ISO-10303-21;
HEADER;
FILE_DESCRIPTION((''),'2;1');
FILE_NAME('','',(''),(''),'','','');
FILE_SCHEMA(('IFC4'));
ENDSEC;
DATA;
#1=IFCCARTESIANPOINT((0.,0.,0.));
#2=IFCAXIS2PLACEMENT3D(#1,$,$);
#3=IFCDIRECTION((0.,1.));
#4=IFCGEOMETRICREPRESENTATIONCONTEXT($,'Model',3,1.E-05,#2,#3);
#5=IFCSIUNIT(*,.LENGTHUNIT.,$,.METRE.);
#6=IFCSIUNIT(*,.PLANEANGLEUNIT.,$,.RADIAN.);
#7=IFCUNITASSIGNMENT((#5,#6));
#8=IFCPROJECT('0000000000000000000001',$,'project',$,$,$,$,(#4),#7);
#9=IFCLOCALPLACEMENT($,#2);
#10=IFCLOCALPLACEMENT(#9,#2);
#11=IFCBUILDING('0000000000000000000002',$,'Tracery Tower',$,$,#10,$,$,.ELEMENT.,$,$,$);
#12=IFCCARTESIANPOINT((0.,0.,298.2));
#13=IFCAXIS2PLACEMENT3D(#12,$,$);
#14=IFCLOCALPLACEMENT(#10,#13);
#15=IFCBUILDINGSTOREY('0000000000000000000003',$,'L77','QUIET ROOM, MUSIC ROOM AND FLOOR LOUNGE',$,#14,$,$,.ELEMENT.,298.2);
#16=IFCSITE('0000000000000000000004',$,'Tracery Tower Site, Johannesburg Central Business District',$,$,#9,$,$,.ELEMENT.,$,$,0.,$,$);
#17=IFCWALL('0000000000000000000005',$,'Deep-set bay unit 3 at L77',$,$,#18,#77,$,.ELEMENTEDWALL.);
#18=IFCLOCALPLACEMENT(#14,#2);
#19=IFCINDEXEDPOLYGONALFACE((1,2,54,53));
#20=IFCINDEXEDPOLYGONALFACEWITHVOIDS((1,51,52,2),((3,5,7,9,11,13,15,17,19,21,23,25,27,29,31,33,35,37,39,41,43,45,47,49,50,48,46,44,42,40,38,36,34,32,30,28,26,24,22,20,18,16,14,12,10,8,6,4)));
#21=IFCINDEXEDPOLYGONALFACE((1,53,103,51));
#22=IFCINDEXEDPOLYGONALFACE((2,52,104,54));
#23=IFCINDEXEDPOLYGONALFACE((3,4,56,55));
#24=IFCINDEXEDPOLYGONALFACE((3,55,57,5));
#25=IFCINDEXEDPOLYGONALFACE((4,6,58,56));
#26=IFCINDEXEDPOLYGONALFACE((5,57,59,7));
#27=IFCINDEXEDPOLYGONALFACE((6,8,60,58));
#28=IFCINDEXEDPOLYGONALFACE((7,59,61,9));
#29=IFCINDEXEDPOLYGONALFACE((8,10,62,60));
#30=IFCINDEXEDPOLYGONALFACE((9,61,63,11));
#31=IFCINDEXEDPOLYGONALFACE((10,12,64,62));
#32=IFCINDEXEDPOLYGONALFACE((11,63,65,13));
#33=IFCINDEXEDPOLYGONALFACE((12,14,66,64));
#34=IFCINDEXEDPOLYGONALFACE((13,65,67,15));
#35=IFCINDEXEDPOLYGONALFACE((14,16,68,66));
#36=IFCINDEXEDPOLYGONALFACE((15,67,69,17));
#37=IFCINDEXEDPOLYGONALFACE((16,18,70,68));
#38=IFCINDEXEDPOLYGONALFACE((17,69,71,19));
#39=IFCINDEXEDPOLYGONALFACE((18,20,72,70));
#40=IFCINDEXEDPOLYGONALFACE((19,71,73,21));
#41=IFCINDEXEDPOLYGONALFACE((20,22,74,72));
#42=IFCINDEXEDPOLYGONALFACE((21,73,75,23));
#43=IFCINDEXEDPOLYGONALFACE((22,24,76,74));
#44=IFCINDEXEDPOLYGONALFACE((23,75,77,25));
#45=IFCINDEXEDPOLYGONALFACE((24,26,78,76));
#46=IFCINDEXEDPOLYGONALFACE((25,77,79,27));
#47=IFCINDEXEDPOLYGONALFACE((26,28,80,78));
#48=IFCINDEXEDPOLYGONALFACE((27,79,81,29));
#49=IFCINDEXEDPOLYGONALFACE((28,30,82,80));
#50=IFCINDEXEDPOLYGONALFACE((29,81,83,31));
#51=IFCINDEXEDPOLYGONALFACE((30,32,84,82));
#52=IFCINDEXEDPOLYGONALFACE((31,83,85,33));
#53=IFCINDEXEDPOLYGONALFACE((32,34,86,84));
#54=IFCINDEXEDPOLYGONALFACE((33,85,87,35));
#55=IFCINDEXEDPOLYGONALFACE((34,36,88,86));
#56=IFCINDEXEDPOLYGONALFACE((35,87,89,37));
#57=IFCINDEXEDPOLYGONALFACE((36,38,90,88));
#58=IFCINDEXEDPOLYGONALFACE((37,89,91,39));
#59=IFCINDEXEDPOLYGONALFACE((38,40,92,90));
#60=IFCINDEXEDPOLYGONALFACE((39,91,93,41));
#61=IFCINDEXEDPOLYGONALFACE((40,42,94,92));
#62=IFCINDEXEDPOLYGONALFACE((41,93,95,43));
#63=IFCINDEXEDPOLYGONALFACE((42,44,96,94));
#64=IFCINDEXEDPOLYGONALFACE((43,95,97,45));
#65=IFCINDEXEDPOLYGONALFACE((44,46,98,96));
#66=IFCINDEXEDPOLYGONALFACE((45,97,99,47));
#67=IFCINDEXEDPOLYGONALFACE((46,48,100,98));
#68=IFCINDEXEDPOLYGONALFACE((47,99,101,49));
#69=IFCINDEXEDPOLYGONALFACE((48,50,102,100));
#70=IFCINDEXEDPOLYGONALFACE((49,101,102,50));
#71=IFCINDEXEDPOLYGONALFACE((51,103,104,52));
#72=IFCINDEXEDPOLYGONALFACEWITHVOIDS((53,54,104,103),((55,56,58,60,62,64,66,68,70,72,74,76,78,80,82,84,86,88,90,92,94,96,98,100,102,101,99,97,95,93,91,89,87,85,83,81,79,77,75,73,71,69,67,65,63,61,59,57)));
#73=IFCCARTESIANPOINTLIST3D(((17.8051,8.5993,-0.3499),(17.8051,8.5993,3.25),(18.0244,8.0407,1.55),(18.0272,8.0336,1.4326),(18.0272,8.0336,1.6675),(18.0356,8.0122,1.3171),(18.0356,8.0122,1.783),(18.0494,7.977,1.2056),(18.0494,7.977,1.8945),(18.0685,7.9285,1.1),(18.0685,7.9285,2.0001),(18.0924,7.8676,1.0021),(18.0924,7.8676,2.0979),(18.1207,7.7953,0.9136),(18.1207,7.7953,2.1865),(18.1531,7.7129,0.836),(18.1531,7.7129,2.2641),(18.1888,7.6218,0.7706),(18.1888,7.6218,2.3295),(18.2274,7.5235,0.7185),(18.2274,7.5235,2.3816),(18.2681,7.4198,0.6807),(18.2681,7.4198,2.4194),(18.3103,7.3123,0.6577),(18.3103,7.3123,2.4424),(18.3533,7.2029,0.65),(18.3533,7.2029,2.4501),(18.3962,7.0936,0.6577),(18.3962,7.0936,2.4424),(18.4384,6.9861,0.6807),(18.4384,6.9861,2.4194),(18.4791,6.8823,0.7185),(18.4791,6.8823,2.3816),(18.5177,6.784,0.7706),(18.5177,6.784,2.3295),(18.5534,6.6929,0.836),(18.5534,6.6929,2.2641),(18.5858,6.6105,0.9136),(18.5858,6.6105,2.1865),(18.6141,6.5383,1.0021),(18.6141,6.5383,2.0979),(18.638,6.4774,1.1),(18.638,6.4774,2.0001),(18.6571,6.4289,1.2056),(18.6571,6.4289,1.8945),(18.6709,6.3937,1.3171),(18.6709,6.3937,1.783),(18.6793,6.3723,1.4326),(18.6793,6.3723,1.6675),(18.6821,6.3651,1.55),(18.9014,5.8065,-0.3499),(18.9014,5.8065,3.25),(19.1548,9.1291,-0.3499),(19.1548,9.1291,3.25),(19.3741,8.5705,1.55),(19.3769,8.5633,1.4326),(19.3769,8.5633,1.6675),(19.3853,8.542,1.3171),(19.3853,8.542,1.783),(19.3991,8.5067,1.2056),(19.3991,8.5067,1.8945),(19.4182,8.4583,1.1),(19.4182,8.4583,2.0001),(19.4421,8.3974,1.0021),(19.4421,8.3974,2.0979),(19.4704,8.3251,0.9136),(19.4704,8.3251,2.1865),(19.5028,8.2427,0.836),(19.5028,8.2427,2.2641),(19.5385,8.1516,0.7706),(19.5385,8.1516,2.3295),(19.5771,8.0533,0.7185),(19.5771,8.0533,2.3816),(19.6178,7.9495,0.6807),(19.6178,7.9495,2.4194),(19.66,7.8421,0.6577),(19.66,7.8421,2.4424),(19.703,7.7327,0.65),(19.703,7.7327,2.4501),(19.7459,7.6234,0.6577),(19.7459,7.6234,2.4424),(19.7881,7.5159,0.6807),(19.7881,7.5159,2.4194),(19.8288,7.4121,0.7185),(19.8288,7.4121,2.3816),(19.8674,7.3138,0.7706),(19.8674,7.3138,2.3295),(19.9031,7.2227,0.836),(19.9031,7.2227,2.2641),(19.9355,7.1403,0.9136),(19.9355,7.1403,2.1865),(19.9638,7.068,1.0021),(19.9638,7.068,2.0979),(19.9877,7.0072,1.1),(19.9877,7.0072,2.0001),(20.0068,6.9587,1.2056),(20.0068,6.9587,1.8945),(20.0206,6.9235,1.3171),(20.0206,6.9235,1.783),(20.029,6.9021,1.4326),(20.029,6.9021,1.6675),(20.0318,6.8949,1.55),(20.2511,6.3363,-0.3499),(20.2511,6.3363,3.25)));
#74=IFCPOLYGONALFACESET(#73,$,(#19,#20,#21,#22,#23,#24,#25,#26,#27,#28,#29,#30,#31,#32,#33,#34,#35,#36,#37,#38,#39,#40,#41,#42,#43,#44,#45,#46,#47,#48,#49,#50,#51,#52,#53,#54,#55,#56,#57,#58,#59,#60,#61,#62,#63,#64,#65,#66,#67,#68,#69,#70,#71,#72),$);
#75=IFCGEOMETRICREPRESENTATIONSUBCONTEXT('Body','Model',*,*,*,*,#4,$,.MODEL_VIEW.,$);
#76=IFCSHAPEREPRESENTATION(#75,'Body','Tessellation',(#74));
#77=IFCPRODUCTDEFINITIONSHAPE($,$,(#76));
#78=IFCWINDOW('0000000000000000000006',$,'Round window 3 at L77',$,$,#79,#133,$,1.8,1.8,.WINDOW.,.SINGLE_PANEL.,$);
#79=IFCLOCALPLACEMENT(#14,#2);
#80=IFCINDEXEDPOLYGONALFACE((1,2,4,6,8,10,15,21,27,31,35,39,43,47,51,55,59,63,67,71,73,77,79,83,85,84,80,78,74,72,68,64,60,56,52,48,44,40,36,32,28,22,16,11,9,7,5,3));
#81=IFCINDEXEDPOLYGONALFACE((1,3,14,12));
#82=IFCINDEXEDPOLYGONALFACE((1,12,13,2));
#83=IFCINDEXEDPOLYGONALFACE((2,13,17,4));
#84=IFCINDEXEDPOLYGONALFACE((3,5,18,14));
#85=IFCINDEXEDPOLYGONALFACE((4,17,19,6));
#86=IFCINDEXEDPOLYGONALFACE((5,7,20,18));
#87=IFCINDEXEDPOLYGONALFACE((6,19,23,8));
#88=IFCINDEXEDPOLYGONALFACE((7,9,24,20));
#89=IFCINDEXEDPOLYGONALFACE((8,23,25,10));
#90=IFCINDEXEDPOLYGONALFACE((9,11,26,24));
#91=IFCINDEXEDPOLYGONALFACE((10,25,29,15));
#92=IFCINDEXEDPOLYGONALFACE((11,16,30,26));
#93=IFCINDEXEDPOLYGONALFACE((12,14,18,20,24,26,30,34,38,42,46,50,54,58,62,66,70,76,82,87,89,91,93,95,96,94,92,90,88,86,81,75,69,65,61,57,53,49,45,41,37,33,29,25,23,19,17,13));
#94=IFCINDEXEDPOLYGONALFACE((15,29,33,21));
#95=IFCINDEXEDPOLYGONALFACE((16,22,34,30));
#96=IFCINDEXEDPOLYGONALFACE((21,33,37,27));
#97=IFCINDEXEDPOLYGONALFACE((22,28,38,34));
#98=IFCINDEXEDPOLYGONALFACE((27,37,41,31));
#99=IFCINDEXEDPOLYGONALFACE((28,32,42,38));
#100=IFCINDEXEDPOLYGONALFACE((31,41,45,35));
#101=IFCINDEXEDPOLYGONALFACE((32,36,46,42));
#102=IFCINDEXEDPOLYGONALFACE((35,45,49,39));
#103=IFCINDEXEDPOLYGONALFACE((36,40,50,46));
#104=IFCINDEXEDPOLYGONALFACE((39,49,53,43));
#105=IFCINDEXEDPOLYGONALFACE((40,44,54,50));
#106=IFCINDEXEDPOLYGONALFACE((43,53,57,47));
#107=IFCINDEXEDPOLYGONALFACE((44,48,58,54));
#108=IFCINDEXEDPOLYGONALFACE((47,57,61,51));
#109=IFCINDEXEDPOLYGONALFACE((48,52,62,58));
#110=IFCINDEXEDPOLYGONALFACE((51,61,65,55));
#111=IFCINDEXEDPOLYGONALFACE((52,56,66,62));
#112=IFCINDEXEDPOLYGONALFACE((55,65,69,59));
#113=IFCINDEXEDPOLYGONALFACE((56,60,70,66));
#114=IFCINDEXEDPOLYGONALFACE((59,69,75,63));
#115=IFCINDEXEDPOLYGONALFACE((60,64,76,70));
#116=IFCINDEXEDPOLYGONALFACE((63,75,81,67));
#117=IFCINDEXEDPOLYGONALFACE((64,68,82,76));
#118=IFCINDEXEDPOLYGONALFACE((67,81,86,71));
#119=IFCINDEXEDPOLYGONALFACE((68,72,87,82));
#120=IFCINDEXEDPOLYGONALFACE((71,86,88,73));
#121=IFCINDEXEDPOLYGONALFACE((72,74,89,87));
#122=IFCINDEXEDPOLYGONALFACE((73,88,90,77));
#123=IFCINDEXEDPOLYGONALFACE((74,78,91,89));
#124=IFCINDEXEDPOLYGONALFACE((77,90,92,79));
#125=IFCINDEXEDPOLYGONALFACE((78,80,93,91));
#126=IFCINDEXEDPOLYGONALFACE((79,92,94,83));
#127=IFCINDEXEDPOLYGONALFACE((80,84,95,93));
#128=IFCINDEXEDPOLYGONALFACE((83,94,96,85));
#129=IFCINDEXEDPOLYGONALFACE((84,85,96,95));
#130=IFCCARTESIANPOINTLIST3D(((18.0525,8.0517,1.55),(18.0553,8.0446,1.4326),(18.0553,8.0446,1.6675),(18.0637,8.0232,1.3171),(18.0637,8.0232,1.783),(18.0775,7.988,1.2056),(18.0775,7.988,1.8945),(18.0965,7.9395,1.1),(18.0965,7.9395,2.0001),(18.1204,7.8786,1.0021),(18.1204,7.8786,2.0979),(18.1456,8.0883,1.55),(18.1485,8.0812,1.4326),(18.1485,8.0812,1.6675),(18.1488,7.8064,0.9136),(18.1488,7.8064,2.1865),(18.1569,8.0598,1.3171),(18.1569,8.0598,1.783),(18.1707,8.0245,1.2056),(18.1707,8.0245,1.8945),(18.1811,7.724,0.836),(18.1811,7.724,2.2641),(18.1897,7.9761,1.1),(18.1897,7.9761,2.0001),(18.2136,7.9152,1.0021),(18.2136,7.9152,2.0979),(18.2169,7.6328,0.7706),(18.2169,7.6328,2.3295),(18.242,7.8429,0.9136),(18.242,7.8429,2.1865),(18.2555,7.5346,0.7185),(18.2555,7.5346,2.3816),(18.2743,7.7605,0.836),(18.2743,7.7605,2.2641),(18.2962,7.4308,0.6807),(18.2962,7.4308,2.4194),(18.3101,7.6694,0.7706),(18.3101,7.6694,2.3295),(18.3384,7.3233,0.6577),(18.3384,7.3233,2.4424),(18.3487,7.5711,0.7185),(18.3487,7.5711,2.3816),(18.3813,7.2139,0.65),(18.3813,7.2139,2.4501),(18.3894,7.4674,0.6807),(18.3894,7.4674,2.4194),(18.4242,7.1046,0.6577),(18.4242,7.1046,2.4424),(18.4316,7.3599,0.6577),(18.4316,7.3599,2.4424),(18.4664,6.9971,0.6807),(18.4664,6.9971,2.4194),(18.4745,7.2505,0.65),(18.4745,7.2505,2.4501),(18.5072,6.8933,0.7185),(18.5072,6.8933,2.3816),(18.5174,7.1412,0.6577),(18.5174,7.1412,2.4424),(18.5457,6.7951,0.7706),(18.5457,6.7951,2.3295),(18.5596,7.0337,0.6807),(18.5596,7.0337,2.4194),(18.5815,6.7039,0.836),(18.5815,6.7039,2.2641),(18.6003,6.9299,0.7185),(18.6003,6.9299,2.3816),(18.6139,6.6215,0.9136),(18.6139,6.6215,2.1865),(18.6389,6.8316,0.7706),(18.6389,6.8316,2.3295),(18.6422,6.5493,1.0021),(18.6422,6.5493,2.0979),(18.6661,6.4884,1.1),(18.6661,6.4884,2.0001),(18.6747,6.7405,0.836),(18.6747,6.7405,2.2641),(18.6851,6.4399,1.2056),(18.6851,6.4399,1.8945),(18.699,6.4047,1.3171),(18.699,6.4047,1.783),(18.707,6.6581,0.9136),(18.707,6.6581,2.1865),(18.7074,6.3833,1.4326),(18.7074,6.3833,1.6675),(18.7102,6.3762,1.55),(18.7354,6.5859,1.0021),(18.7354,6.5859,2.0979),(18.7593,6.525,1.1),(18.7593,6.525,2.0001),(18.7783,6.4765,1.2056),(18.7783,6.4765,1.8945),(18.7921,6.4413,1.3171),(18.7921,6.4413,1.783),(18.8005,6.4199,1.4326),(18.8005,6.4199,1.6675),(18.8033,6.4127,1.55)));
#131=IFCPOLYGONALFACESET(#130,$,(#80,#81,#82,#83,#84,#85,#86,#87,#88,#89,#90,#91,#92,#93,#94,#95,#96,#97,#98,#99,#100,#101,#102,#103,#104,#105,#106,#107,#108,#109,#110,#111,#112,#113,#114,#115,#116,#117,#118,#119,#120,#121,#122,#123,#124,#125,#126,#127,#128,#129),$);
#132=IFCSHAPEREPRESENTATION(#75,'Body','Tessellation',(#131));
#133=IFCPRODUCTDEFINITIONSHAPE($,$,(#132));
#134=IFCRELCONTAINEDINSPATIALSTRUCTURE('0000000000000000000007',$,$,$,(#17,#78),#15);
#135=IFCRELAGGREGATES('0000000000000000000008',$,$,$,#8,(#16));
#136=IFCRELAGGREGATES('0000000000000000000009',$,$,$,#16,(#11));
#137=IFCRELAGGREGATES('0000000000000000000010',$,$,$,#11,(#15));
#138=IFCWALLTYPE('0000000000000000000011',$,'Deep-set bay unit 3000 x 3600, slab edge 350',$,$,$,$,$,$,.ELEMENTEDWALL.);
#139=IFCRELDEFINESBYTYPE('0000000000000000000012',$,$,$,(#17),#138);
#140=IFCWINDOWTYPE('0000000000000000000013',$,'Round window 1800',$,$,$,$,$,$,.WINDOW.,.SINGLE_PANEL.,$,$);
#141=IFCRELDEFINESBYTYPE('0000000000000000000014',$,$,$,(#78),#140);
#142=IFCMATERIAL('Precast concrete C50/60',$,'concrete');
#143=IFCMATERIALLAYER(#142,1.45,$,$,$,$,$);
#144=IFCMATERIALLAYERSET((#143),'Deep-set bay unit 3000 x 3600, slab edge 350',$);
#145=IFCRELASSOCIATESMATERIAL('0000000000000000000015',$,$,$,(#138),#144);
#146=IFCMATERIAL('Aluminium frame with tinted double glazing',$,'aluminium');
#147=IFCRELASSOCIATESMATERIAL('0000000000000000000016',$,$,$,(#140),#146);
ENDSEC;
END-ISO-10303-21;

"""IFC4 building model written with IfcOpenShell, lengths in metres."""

from ifc_helpers import new_model, si_unit, direction, frame, frame_2d, origin, origin_2d, place, context, subcontext, project, spatial, rectangle, circle, extrude, material, layer, layer_set, type_object, element, fill, save


model = new_model("IFC4")

# Units and contexts
model_context = context("Model", 3, precision=1e-05, world=origin(), true_north=direction((0.0, 1.0)))
body_context = subcontext(model_context, "Body", "Model", "MODEL_VIEW")
ifc_project = project(units=[si_unit("LENGTHUNIT", "METRE"), si_unit("PLANEANGLEUNIT", "RADIAN")], contexts=[model_context])

# Site, building, storey
site_placement = place(None, origin())
site = spatial("IfcSite", under=ifc_project, at=site_placement, Name="Tracery Tower Site, Johannesburg Central Business District", CompositionType="ELEMENT", RefElevation=0.0)
building_placement = place(site_placement, origin())
building = spatial("IfcBuilding", under=site, at=building_placement, Name="Tracery Tower", CompositionType="ELEMENT")
storey_placement = place(building_placement, frame((0.0, 0.0, 298.2)))
storey = spatial("IfcBuildingStorey", under=building, at=storey_placement, Name="L77", Description="QUIET ROOM, MUSIC ROOM AND FLOOR LOUNGE", CompositionType="ELEMENT", Elevation=298.2)

# Wall, opening, window
ifc_material_1 = material(Name="Precast concrete C50/60", Category="concrete")
ifc_layer_1 = layer(ifc_material_1, 1.45)
ifc_layer_set_1 = layer_set([ifc_layer_1], Name="Deep-set bay unit 3000 x 3600, slab edge 350")
wall_type_1 = type_object("IfcWallType", Name="Deep-set bay unit 3000 x 3600, slab edge 350", PredefinedType="ELEMENTEDWALL", material=ifc_layer_set_1)
wall_1_placement = place(storey_placement, frame((19.5762, 6.0715, -0.3499), z_axis=(0.0, 0.0, 1.0), x_axis=(-0.365378, 0.930859, 0.0)))
wall_1 = element("IfcWall", 1, at=wall_1_placement, inside=storey, type_object=wall_type_1, Name="Deep-set bay unit 3 at L77", PredefinedType="ELEMENTEDWALL", context=body_context, shape_type="SweptSolid", body=[
    extrude(rectangle(XDim=3.0002, YDim=1.45, at=frame_2d((1.5, 0.0))), origin(), (0.0, 0.0, 1.0), 3.5999),
])
opening_1_placement = place(wall_1_placement, frame((1.5, 0.0, 1.8999)))
opening_1 = element("IfcOpeningElement", 2, at=opening_1_placement, cuts=wall_1, PredefinedType="OPENING", context=body_context, shape_type="SweptSolid", body=[
    extrude(circle(Radius=0.9, at=origin_2d()), frame((0.0, 0.7349, 0.0), z_axis=(0.0, -1.0, 0.0), x_axis=(1.0, 0.0, 0.0)), (0.0, 0.0, 1.0), 1.47),
])
ifc_material_2 = material(Name="Aluminium frame with tinted double glazing", Category="aluminium")
window_type = type_object("IfcWindowType", Name="Round window 1800", PartitioningType="SINGLE_PANEL", PredefinedType="WINDOW", material=ifc_material_2)
window_1_placement = place(opening_1_placement, origin())
window_1 = element("IfcWindow", 3, at=window_1_placement, inside=storey, type_object=window_type, Name="Round window 3 at L77", OverallHeight=1.8, OverallWidth=1.8, PartitioningType="SINGLE_PANEL", PredefinedType="WINDOW", context=body_context, shape_type="SweptSolid", body=[
    extrude(circle(Radius=0.9, at=origin_2d()), frame((0.0, 0.6948, 0.0), z_axis=(0.0, -1.0, 0.0), x_axis=(1.0, 0.0, 0.0)), (0.0, 0.0, 1.0), 0.1001),
])
fill(opening_1, window_1)

save(model, "model.ifc")
